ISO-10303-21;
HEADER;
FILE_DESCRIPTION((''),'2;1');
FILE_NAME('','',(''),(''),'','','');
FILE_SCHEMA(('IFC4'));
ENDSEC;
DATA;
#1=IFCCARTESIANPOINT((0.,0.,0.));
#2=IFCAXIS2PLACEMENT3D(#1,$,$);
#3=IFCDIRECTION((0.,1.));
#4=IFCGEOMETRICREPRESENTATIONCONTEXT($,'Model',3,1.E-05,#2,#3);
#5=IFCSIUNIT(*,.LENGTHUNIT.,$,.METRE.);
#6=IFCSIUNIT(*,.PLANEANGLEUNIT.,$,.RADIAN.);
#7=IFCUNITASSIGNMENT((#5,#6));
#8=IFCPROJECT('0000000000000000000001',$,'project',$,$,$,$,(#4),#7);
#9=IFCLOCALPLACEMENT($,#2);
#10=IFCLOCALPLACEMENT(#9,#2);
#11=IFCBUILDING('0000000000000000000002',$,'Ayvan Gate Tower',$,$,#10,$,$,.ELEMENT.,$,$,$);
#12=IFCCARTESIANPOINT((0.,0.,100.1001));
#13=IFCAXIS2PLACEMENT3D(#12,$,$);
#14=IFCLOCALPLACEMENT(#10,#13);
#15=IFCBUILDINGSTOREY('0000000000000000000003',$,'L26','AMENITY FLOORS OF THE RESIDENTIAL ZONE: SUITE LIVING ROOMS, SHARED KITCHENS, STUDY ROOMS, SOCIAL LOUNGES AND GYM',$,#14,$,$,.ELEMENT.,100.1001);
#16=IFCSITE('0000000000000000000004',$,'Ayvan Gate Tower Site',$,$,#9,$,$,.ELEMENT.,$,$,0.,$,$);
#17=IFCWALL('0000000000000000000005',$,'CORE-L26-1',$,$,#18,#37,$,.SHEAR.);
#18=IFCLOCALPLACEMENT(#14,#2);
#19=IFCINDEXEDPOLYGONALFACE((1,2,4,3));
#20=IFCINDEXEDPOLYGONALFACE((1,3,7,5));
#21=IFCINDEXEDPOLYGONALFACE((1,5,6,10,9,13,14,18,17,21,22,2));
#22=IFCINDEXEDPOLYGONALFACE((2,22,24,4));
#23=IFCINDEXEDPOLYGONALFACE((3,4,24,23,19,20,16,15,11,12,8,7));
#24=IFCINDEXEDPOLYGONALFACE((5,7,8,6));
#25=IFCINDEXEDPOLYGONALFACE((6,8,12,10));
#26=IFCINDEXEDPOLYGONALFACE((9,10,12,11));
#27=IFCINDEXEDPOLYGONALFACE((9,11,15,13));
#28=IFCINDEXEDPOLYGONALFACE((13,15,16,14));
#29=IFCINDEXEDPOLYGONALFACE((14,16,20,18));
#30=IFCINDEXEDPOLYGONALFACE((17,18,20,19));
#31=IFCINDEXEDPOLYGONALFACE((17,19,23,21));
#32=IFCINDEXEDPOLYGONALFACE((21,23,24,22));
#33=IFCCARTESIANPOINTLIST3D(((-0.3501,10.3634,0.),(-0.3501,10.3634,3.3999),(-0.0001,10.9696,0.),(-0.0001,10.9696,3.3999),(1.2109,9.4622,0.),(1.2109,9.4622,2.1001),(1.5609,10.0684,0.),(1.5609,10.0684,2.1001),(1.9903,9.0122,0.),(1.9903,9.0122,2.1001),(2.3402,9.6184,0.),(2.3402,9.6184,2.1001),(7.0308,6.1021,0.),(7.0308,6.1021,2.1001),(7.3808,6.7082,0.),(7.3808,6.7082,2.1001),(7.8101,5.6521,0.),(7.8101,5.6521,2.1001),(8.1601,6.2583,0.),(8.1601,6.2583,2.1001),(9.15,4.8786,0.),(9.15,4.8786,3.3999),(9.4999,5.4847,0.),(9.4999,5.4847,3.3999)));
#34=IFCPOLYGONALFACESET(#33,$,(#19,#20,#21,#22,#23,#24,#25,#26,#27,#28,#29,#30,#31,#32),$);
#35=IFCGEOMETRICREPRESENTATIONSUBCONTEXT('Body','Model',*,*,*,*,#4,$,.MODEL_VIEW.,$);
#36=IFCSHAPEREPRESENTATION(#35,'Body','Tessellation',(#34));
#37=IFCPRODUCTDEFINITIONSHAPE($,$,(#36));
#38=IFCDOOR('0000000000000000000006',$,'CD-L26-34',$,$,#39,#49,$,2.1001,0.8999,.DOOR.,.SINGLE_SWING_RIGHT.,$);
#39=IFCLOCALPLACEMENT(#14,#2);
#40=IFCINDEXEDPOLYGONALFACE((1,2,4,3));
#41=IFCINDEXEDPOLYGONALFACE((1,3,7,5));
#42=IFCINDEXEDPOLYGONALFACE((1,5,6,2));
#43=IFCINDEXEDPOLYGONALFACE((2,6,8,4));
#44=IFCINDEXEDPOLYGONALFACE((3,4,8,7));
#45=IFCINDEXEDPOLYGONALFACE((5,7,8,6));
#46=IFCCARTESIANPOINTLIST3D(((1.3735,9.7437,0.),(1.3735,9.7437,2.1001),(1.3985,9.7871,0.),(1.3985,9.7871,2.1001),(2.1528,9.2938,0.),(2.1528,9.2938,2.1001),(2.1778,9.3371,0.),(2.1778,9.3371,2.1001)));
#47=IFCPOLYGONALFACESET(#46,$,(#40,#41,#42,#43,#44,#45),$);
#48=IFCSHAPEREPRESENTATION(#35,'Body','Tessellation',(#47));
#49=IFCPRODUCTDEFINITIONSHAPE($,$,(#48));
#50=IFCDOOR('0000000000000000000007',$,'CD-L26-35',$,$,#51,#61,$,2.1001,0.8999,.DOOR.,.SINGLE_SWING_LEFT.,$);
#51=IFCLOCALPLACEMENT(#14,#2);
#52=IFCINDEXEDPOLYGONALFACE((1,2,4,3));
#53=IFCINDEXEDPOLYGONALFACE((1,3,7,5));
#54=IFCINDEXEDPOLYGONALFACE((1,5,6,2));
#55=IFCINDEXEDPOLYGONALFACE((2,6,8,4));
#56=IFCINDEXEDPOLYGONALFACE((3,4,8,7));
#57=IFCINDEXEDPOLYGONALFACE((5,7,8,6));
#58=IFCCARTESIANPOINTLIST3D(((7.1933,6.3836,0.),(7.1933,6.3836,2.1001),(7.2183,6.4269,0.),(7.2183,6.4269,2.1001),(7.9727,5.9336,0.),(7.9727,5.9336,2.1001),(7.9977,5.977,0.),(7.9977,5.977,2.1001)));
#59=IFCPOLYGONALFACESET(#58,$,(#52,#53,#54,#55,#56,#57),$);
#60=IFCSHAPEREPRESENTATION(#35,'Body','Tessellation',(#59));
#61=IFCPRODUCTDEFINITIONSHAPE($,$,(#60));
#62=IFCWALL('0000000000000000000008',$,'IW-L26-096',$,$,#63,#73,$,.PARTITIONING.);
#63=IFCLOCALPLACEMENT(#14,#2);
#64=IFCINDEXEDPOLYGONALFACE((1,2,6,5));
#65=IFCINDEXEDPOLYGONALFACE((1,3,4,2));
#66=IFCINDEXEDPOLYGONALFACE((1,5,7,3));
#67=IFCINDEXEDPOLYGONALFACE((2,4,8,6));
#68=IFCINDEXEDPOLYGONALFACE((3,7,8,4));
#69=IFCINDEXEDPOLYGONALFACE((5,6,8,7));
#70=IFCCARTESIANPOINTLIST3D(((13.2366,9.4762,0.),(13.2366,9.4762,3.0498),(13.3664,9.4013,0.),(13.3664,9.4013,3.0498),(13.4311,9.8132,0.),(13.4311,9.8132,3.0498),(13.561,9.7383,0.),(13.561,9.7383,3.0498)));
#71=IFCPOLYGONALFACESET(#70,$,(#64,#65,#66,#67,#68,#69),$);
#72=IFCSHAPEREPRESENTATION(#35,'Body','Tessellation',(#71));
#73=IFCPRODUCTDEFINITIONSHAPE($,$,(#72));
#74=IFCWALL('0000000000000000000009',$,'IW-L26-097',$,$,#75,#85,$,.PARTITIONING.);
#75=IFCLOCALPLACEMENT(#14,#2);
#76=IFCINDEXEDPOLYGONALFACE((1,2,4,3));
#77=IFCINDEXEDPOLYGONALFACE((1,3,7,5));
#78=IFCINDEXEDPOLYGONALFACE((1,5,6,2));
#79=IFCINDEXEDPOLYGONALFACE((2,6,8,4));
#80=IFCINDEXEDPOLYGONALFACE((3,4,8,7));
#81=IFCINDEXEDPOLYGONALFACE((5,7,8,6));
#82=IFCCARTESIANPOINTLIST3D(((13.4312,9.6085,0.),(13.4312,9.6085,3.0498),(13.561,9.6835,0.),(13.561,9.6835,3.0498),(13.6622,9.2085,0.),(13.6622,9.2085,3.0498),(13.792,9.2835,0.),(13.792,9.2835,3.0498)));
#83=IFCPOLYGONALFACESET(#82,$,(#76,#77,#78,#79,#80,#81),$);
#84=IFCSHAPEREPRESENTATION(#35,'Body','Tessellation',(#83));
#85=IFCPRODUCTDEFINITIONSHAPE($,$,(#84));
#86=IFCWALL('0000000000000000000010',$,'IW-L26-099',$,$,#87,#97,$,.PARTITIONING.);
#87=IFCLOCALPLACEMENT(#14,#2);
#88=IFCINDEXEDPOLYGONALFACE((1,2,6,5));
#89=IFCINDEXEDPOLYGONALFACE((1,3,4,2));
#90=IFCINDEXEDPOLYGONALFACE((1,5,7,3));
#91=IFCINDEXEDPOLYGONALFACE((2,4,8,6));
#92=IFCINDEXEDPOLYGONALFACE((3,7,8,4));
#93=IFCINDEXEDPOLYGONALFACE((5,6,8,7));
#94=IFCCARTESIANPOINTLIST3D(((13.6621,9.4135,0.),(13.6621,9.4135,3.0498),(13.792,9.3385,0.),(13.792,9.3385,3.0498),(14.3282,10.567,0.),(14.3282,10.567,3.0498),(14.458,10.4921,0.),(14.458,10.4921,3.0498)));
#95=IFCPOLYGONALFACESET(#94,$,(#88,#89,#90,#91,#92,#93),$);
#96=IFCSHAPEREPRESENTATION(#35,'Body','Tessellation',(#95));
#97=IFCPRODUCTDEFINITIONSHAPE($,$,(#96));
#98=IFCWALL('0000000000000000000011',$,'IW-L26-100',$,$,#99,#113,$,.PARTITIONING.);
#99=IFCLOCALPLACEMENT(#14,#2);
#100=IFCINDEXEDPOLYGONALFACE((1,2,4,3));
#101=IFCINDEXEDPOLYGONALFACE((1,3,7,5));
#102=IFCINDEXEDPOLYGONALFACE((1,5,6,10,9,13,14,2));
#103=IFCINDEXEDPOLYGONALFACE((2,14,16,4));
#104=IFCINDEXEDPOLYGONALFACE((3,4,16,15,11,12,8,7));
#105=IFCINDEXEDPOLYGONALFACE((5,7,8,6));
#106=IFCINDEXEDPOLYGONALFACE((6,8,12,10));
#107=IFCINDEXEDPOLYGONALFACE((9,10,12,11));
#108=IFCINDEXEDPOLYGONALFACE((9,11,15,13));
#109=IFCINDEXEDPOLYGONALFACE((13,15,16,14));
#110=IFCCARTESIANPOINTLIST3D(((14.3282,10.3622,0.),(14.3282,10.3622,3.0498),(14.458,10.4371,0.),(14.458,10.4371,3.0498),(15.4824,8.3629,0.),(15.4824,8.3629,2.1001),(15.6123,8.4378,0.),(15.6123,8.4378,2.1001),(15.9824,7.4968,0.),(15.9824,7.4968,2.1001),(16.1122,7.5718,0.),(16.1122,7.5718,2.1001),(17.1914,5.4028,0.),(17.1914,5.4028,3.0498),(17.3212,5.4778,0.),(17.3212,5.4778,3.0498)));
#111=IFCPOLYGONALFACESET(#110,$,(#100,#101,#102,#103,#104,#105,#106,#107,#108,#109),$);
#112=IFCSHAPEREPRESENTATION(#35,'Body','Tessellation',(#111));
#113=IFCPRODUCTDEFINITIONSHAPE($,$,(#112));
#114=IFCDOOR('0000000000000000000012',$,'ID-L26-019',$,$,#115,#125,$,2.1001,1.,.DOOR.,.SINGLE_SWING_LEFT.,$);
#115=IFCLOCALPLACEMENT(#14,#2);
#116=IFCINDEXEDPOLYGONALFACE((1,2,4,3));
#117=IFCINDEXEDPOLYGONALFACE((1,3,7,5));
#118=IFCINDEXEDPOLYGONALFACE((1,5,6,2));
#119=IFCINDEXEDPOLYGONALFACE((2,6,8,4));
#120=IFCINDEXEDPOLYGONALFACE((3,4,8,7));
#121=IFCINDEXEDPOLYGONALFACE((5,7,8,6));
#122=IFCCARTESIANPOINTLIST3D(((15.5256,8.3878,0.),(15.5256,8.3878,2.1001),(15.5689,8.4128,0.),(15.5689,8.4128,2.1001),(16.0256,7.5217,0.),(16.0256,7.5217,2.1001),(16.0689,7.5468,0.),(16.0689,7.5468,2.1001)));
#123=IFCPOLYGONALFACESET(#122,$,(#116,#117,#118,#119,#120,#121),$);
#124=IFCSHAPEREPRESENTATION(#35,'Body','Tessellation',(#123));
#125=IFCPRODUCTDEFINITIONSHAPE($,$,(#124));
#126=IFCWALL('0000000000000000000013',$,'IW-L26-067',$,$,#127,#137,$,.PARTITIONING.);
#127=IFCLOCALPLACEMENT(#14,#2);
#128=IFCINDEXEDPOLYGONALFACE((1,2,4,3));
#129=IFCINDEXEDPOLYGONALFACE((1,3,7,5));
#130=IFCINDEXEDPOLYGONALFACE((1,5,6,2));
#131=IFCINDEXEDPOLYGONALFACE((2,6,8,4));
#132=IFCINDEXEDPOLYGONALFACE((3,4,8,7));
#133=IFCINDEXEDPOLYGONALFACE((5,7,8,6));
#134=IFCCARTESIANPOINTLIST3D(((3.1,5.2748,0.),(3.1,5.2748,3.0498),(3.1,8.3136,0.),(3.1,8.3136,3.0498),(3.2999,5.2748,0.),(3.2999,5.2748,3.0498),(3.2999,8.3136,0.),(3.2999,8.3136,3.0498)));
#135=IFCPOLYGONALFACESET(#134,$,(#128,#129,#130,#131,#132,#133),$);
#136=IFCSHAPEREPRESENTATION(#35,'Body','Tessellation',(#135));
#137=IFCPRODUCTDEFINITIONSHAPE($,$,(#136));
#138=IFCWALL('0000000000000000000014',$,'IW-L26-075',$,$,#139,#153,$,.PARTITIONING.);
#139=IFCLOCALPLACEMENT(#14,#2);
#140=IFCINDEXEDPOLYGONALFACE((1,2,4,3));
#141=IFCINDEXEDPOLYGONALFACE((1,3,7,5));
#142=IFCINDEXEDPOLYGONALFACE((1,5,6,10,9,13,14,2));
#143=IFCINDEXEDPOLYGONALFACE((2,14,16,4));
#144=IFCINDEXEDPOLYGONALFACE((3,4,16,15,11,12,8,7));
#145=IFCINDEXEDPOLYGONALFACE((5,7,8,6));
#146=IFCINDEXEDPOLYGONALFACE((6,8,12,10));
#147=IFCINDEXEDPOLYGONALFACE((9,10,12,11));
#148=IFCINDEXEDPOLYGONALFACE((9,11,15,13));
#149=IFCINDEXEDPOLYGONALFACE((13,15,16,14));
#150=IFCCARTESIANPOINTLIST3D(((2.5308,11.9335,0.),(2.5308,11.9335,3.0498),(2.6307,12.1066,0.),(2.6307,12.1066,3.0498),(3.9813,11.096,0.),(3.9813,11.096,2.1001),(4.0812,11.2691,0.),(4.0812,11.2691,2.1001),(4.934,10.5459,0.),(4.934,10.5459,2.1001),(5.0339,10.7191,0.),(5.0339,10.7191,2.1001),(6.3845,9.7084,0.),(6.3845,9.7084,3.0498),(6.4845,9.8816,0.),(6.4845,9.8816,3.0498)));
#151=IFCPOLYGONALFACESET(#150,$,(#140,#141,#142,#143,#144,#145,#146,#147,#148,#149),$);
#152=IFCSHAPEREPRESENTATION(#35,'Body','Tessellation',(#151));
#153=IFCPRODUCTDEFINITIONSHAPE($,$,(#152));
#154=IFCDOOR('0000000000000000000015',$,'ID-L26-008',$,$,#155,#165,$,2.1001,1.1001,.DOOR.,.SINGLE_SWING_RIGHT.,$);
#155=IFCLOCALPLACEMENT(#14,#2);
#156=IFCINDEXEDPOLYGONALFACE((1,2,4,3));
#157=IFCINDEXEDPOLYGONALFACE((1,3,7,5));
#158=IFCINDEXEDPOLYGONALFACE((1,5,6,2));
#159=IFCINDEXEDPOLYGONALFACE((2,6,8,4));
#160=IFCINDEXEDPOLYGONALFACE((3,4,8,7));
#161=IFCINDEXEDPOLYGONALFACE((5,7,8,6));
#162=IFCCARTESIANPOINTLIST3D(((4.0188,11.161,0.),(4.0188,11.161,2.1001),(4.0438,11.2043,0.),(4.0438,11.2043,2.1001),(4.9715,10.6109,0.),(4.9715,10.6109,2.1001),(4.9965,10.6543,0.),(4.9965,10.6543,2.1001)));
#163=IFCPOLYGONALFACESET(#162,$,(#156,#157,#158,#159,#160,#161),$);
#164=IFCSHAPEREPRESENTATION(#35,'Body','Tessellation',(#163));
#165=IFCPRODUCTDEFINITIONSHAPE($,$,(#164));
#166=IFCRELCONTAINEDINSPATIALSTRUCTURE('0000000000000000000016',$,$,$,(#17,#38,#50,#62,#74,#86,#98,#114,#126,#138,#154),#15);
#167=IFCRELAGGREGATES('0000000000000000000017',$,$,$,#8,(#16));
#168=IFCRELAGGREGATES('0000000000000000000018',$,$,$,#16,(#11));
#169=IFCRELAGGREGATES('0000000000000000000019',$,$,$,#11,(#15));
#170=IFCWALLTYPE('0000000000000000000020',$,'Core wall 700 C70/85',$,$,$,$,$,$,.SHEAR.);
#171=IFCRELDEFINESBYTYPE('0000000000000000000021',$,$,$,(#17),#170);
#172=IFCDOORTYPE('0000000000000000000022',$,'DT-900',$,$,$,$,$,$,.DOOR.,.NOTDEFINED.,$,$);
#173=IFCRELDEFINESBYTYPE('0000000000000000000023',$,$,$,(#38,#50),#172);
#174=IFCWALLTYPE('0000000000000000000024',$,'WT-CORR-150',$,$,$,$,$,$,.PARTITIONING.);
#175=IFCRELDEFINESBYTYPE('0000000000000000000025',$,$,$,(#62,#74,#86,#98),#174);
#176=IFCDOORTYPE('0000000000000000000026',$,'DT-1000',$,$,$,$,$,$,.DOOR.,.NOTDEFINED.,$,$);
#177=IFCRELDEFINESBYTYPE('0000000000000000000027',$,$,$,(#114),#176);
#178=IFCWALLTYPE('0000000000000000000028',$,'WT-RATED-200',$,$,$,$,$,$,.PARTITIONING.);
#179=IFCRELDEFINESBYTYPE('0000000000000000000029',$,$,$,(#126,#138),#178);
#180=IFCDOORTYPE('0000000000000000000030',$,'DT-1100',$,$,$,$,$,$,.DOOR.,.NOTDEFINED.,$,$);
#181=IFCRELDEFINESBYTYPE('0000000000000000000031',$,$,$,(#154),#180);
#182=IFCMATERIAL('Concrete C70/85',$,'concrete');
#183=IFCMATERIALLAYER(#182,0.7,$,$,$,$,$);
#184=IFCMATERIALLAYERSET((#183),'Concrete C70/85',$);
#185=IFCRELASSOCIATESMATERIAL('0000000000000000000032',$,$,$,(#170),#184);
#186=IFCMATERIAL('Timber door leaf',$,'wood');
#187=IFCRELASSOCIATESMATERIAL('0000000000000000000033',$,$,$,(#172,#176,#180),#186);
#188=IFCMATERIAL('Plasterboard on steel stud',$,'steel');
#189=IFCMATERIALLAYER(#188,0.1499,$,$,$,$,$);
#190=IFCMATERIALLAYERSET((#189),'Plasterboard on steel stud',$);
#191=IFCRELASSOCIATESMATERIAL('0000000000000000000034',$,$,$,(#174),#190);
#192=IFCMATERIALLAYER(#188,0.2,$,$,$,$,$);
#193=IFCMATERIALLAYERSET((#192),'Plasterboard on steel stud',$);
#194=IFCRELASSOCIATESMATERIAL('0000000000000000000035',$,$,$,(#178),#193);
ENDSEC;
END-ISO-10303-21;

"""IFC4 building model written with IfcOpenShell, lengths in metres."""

from ifc_helpers import new_model, si_unit, direction, frame, frame_2d, origin, place, context, subcontext, project, spatial, rectangle, extrude, material, layer, layer_set, type_object, element, fill, save


model = new_model("IFC4")

# Units and contexts
model_context = context("Model", 3, precision=1e-05, world=origin(), true_north=direction((0.0, 1.0)))
body_context = subcontext(model_context, "Body", "Model", "MODEL_VIEW")
ifc_project = project(units=[si_unit("LENGTHUNIT", "METRE"), si_unit("PLANEANGLEUNIT", "RADIAN")], contexts=[model_context])

# Site, building, storey
site_placement = place(None, origin())
site = spatial("IfcSite", under=ifc_project, at=site_placement, Name="Ayvan Gate Tower Site", CompositionType="ELEMENT", RefElevation=0.0)
building_placement = place(site_placement, origin())
building = spatial("IfcBuilding", under=site, at=building_placement, Name="Ayvan Gate Tower", CompositionType="ELEMENT")
storey_placement = place(building_placement, frame((0.0, 0.0, 100.1001)))
storey = spatial("IfcBuildingStorey", under=building, at=storey_placement, Name="L26", Description="AMENITY FLOORS OF THE RESIDENTIAL ZONE: SUITE LIVING ROOMS, SHARED KITCHENS, STUDY ROOMS, SOCIAL LOUNGES AND GYM", CompositionType="ELEMENT", Elevation=100.1001)

# Wall, openings, doors
ifc_material_1 = material(Name="Concrete C70/85", Category="concrete")
ifc_layer_1 = layer(ifc_material_1, 0.7)
ifc_layer_set_1 = layer_set([ifc_layer_1], Name="Concrete C70/85")
wall_type_1 = type_object("IfcWallType", Name="Core wall 700 C70/85", PredefinedType="SHEAR", material=ifc_layer_set_1)
wall_1_placement = place(storey_placement, frame((9.325, 5.1816, 0.0), z_axis=(0.0, 0.0, 1.0), x_axis=(-0.866024, 0.500002, 0.0)))
wall_1 = element("IfcWall", 1, at=wall_1_placement, inside=storey, type_object=wall_type_1, Name="CORE-L26-1", PredefinedType="SHEAR", context=body_context, shape_type="SweptSolid", body=[
    extrude(rectangle(XDim=10.9697, YDim=0.7, at=frame_2d((5.4849, 0.0))), origin(), (0.0, 0.0, 1.0), 3.3999),
])
opening_1_placement = place(wall_1_placement, frame((8.2673, 0.0, 0.0)))
opening_1 = element("IfcOpeningElement", 2, at=opening_1_placement, cuts=wall_1, PredefinedType="OPENING", context=body_context, shape_type="SweptSolid", body=[
    extrude(rectangle(XDim=0.8999, YDim=2.1001, at=frame_2d((0.45, 1.05))), frame((0.0, 0.3599, 0.0), z_axis=(0.0, -1.0, 0.0), x_axis=(1.0, 0.0, 0.0)), (0.0, 0.0, 1.0), 0.72),
])
opening_2_placement = place(wall_1_placement, frame((1.5471, 0.0, 0.0)))
opening_2 = element("IfcOpeningElement", 3, at=opening_2_placement, cuts=wall_1, PredefinedType="OPENING", context=body_context, shape_type="SweptSolid", body=[
    extrude(rectangle(XDim=0.8999, YDim=2.1001, at=frame_2d((0.45, 1.05))), frame((0.0, 0.3599, 0.0), z_axis=(0.0, -1.0, 0.0), x_axis=(1.0, 0.0, 0.0)), (0.0, 0.0, 1.0), 0.72),
])
ifc_material_2 = material(Name="Timber door leaf", Category="wood")
door_type_1 = type_object("IfcDoorType", Name="DT-900", OperationType="NOTDEFINED", PredefinedType="DOOR", material=ifc_material_2)
door_1_placement = place(opening_1_placement, origin())
door_1 = element("IfcDoor", 4, at=door_1_placement, inside=storey, type_object=door_type_1, Name="CD-L26-34", OperationType="SINGLE_SWING_RIGHT", OverallHeight=2.1001, OverallWidth=0.8999, PredefinedType="DOOR", context=body_context, shape_type="SweptSolid", body=[
    extrude(rectangle(XDim=0.8999, YDim=2.1001, at=frame_2d((0.45, 1.05))), frame((0.0, 0.0249, 0.0), z_axis=(0.0, -1.0, 0.0), x_axis=(1.0, 0.0, 0.0)), (0.0, 0.0, 1.0), 0.05),
])
fill(opening_1, door_1)
door_2_placement = place(opening_2_placement, origin())
door_2 = element("IfcDoor", 5, at=door_2_placement, inside=storey, type_object=door_type_1, Name="CD-L26-35", OperationType="SINGLE_SWING_LEFT", OverallHeight=2.1001, OverallWidth=0.8999, PredefinedType="DOOR", context=body_context, shape_type="SweptSolid", body=[
    extrude(rectangle(XDim=0.8999, YDim=2.1001, at=frame_2d((0.45, 1.05))), frame((0.0, 0.0249, 0.0), z_axis=(0.0, -1.0, 0.0), x_axis=(1.0, 0.0, 0.0)), (0.0, 0.0, 1.0), 0.05),
])
fill(opening_2, door_2)

# Walls
ifc_material_3 = material(Name="Plasterboard on steel stud", Category="steel")
ifc_layer_2 = layer(ifc_material_3, 0.1499)
ifc_layer_set_2 = layer_set([ifc_layer_2], Name="Plasterboard on steel stud")
wall_type_2 = type_object("IfcWallType", Name="WT-CORR-150", PredefinedType="PARTITIONING", material=ifc_layer_set_2)
wall_2_placement = place(storey_placement, frame((13.3015, 9.4387, 0.0), z_axis=(0.0, 0.0, 1.0), x_axis=(0.499849, 0.866112, 0.0)))
element("IfcWall", 6, at=wall_2_placement, inside=storey, type_object=wall_type_2, Name="IW-L26-096", PredefinedType="PARTITIONING", context=body_context, shape_type="SweptSolid", body=[
    extrude(rectangle(XDim=0.3892, YDim=0.1499, at=frame_2d((0.1946, 0.0))), origin(), (0.0, 0.0, 1.0), 3.0498),
])
wall_3_placement = place(storey_placement, frame((13.4961, 9.646, 0.0), z_axis=(0.0, 0.0, 1.0), x_axis=(0.500119, -0.865957, 0.0)))
element("IfcWall", 7, at=wall_3_placement, inside=storey, type_object=wall_type_2, Name="IW-L26-097", PredefinedType="PARTITIONING", context=body_context, shape_type="SweptSolid", body=[
    extrude(rectangle(XDim=0.4619, YDim=0.1499, at=frame_2d((0.231, 0.0))), origin(), (0.0, 0.0, 1.0), 3.0498),
])
wall_4_placement = place(storey_placement, frame((13.7271, 9.376, 0.0), z_axis=(0.0, 0.0, 1.0), x_axis=(0.500003, 0.866024, 0.0)))
element("IfcWall", 8, at=wall_4_placement, inside=storey, type_object=wall_type_2, Name="IW-L26-099", PredefinedType="PARTITIONING", context=body_context, shape_type="SweptSolid", body=[
    extrude(rectangle(XDim=1.332, YDim=0.1499, at=frame_2d((0.666, 0.0))), origin(), (0.0, 0.0, 1.0), 3.0498),
])

# Wall, opening, door
wall_5_placement = place(storey_placement, frame((14.3931, 10.3997, 0.0), z_axis=(0.0, 0.0, 1.0), x_axis=(0.499991, -0.866031, 0.0)))
wall_5 = element("IfcWall", 9, at=wall_5_placement, inside=storey, type_object=wall_type_2, Name="IW-L26-100", PredefinedType="PARTITIONING", context=body_context, shape_type="SweptSolid", body=[
    extrude(rectangle(XDim=5.7266, YDim=0.1499, at=frame_2d((2.8633, 0.0))), origin(), (0.0, 0.0, 1.0), 3.0498),
])
opening_3_placement = place(wall_5_placement, frame((2.3086, 0.0, 0.0)))
opening_3 = element("IfcOpeningElement", 10, at=opening_3_placement, cuts=wall_5, PredefinedType="OPENING", context=body_context, shape_type="SweptSolid", body=[
    extrude(rectangle(XDim=1.0, YDim=2.1001, at=frame_2d((0.5, 1.05))), frame((0.0, 0.085, 0.0), z_axis=(0.0, -1.0, 0.0), x_axis=(1.0, 0.0, 0.0)), (0.0, 0.0, 1.0), 0.1699),
])
door_type_2 = type_object("IfcDoorType", Name="DT-1000", OperationType="NOTDEFINED", PredefinedType="DOOR", material=ifc_material_2)
door_3_placement = place(opening_3_placement, origin())
door_3 = element("IfcDoor", 11, at=door_3_placement, inside=storey, type_object=door_type_2, Name="ID-L26-019", OperationType="SINGLE_SWING_LEFT", OverallHeight=2.1001, OverallWidth=1.0, PredefinedType="DOOR", context=body_context, shape_type="SweptSolid", body=[
    extrude(rectangle(XDim=1.0, YDim=2.1001, at=frame_2d((0.5, 1.05))), frame((0.0, 0.0249, 0.0), z_axis=(0.0, -1.0, 0.0), x_axis=(1.0, 0.0, 0.0)), (0.0, 0.0, 1.0), 0.05),
])
fill(opening_3, door_3)

# Wall
ifc_layer_3 = layer(ifc_material_3, 0.2)
ifc_layer_set_3 = layer_set([ifc_layer_3], Name="Plasterboard on steel stud")
wall_type_3 = type_object("IfcWallType", Name="WT-RATED-200", PredefinedType="PARTITIONING", material=ifc_layer_set_3)
wall_6_placement = place(storey_placement, frame((3.2, 8.3137, 0.0), z_axis=(0.0, 0.0, 1.0), x_axis=(0.0, -1.0, 0.0)))
element("IfcWall", 12, at=wall_6_placement, inside=storey, type_object=wall_type_3, Name="IW-L26-067", PredefinedType="PARTITIONING", context=body_context, shape_type="SweptSolid", body=[
    extrude(rectangle(XDim=3.0388, YDim=0.2, at=frame_2d((1.5195, 0.0))), origin(), (0.0, 0.0, 1.0), 3.0498),
])

# Wall, opening, door
wall_7_placement = place(storey_placement, frame((6.4346, 9.7949, 0.0), z_axis=(0.0, 0.0, 1.0), x_axis=(-0.866013, 0.500022, 0.0)))
wall_7 = element("IfcWall", 13, at=wall_7_placement, inside=storey, type_object=wall_type_3, Name="IW-L26-075", PredefinedType="PARTITIONING", context=body_context, shape_type="SweptSolid", body=[
    extrude(rectangle(XDim=4.45, YDim=0.2, at=frame_2d((2.2251, 0.0))), origin(), (0.0, 0.0, 1.0), 3.0498),
])
opening_4_placement = place(wall_7_placement, frame((1.675, 0.0, 0.0)))
opening_4 = element("IfcOpeningElement", 14, at=opening_4_placement, cuts=wall_7, PredefinedType="OPENING", context=body_context, shape_type="SweptSolid", body=[
    extrude(rectangle(XDim=1.1001, YDim=2.1001, at=frame_2d((0.55, 1.05))), frame((0.0, 0.1099, 0.0), z_axis=(0.0, -1.0, 0.0), x_axis=(1.0, 0.0, 0.0)), (0.0, 0.0, 1.0), 0.22),
])
door_type_3 = type_object("IfcDoorType", Name="DT-1100", OperationType="NOTDEFINED", PredefinedType="DOOR", material=ifc_material_2)
door_4_placement = place(opening_4_placement, origin())
door_4 = element("IfcDoor", 15, at=door_4_placement, inside=storey, type_object=door_type_3, Name="ID-L26-008", OperationType="SINGLE_SWING_RIGHT", OverallHeight=2.1001, OverallWidth=1.1001, PredefinedType="DOOR", context=body_context, shape_type="SweptSolid", body=[
    extrude(rectangle(XDim=1.1001, YDim=2.1001, at=frame_2d((0.55, 1.05))), frame((0.0, 0.0249, 0.0), z_axis=(0.0, -1.0, 0.0), x_axis=(1.0, 0.0, 0.0)), (0.0, 0.0, 1.0), 0.05),
])
fill(opening_4, door_4)

save(model, "model.ifc")
